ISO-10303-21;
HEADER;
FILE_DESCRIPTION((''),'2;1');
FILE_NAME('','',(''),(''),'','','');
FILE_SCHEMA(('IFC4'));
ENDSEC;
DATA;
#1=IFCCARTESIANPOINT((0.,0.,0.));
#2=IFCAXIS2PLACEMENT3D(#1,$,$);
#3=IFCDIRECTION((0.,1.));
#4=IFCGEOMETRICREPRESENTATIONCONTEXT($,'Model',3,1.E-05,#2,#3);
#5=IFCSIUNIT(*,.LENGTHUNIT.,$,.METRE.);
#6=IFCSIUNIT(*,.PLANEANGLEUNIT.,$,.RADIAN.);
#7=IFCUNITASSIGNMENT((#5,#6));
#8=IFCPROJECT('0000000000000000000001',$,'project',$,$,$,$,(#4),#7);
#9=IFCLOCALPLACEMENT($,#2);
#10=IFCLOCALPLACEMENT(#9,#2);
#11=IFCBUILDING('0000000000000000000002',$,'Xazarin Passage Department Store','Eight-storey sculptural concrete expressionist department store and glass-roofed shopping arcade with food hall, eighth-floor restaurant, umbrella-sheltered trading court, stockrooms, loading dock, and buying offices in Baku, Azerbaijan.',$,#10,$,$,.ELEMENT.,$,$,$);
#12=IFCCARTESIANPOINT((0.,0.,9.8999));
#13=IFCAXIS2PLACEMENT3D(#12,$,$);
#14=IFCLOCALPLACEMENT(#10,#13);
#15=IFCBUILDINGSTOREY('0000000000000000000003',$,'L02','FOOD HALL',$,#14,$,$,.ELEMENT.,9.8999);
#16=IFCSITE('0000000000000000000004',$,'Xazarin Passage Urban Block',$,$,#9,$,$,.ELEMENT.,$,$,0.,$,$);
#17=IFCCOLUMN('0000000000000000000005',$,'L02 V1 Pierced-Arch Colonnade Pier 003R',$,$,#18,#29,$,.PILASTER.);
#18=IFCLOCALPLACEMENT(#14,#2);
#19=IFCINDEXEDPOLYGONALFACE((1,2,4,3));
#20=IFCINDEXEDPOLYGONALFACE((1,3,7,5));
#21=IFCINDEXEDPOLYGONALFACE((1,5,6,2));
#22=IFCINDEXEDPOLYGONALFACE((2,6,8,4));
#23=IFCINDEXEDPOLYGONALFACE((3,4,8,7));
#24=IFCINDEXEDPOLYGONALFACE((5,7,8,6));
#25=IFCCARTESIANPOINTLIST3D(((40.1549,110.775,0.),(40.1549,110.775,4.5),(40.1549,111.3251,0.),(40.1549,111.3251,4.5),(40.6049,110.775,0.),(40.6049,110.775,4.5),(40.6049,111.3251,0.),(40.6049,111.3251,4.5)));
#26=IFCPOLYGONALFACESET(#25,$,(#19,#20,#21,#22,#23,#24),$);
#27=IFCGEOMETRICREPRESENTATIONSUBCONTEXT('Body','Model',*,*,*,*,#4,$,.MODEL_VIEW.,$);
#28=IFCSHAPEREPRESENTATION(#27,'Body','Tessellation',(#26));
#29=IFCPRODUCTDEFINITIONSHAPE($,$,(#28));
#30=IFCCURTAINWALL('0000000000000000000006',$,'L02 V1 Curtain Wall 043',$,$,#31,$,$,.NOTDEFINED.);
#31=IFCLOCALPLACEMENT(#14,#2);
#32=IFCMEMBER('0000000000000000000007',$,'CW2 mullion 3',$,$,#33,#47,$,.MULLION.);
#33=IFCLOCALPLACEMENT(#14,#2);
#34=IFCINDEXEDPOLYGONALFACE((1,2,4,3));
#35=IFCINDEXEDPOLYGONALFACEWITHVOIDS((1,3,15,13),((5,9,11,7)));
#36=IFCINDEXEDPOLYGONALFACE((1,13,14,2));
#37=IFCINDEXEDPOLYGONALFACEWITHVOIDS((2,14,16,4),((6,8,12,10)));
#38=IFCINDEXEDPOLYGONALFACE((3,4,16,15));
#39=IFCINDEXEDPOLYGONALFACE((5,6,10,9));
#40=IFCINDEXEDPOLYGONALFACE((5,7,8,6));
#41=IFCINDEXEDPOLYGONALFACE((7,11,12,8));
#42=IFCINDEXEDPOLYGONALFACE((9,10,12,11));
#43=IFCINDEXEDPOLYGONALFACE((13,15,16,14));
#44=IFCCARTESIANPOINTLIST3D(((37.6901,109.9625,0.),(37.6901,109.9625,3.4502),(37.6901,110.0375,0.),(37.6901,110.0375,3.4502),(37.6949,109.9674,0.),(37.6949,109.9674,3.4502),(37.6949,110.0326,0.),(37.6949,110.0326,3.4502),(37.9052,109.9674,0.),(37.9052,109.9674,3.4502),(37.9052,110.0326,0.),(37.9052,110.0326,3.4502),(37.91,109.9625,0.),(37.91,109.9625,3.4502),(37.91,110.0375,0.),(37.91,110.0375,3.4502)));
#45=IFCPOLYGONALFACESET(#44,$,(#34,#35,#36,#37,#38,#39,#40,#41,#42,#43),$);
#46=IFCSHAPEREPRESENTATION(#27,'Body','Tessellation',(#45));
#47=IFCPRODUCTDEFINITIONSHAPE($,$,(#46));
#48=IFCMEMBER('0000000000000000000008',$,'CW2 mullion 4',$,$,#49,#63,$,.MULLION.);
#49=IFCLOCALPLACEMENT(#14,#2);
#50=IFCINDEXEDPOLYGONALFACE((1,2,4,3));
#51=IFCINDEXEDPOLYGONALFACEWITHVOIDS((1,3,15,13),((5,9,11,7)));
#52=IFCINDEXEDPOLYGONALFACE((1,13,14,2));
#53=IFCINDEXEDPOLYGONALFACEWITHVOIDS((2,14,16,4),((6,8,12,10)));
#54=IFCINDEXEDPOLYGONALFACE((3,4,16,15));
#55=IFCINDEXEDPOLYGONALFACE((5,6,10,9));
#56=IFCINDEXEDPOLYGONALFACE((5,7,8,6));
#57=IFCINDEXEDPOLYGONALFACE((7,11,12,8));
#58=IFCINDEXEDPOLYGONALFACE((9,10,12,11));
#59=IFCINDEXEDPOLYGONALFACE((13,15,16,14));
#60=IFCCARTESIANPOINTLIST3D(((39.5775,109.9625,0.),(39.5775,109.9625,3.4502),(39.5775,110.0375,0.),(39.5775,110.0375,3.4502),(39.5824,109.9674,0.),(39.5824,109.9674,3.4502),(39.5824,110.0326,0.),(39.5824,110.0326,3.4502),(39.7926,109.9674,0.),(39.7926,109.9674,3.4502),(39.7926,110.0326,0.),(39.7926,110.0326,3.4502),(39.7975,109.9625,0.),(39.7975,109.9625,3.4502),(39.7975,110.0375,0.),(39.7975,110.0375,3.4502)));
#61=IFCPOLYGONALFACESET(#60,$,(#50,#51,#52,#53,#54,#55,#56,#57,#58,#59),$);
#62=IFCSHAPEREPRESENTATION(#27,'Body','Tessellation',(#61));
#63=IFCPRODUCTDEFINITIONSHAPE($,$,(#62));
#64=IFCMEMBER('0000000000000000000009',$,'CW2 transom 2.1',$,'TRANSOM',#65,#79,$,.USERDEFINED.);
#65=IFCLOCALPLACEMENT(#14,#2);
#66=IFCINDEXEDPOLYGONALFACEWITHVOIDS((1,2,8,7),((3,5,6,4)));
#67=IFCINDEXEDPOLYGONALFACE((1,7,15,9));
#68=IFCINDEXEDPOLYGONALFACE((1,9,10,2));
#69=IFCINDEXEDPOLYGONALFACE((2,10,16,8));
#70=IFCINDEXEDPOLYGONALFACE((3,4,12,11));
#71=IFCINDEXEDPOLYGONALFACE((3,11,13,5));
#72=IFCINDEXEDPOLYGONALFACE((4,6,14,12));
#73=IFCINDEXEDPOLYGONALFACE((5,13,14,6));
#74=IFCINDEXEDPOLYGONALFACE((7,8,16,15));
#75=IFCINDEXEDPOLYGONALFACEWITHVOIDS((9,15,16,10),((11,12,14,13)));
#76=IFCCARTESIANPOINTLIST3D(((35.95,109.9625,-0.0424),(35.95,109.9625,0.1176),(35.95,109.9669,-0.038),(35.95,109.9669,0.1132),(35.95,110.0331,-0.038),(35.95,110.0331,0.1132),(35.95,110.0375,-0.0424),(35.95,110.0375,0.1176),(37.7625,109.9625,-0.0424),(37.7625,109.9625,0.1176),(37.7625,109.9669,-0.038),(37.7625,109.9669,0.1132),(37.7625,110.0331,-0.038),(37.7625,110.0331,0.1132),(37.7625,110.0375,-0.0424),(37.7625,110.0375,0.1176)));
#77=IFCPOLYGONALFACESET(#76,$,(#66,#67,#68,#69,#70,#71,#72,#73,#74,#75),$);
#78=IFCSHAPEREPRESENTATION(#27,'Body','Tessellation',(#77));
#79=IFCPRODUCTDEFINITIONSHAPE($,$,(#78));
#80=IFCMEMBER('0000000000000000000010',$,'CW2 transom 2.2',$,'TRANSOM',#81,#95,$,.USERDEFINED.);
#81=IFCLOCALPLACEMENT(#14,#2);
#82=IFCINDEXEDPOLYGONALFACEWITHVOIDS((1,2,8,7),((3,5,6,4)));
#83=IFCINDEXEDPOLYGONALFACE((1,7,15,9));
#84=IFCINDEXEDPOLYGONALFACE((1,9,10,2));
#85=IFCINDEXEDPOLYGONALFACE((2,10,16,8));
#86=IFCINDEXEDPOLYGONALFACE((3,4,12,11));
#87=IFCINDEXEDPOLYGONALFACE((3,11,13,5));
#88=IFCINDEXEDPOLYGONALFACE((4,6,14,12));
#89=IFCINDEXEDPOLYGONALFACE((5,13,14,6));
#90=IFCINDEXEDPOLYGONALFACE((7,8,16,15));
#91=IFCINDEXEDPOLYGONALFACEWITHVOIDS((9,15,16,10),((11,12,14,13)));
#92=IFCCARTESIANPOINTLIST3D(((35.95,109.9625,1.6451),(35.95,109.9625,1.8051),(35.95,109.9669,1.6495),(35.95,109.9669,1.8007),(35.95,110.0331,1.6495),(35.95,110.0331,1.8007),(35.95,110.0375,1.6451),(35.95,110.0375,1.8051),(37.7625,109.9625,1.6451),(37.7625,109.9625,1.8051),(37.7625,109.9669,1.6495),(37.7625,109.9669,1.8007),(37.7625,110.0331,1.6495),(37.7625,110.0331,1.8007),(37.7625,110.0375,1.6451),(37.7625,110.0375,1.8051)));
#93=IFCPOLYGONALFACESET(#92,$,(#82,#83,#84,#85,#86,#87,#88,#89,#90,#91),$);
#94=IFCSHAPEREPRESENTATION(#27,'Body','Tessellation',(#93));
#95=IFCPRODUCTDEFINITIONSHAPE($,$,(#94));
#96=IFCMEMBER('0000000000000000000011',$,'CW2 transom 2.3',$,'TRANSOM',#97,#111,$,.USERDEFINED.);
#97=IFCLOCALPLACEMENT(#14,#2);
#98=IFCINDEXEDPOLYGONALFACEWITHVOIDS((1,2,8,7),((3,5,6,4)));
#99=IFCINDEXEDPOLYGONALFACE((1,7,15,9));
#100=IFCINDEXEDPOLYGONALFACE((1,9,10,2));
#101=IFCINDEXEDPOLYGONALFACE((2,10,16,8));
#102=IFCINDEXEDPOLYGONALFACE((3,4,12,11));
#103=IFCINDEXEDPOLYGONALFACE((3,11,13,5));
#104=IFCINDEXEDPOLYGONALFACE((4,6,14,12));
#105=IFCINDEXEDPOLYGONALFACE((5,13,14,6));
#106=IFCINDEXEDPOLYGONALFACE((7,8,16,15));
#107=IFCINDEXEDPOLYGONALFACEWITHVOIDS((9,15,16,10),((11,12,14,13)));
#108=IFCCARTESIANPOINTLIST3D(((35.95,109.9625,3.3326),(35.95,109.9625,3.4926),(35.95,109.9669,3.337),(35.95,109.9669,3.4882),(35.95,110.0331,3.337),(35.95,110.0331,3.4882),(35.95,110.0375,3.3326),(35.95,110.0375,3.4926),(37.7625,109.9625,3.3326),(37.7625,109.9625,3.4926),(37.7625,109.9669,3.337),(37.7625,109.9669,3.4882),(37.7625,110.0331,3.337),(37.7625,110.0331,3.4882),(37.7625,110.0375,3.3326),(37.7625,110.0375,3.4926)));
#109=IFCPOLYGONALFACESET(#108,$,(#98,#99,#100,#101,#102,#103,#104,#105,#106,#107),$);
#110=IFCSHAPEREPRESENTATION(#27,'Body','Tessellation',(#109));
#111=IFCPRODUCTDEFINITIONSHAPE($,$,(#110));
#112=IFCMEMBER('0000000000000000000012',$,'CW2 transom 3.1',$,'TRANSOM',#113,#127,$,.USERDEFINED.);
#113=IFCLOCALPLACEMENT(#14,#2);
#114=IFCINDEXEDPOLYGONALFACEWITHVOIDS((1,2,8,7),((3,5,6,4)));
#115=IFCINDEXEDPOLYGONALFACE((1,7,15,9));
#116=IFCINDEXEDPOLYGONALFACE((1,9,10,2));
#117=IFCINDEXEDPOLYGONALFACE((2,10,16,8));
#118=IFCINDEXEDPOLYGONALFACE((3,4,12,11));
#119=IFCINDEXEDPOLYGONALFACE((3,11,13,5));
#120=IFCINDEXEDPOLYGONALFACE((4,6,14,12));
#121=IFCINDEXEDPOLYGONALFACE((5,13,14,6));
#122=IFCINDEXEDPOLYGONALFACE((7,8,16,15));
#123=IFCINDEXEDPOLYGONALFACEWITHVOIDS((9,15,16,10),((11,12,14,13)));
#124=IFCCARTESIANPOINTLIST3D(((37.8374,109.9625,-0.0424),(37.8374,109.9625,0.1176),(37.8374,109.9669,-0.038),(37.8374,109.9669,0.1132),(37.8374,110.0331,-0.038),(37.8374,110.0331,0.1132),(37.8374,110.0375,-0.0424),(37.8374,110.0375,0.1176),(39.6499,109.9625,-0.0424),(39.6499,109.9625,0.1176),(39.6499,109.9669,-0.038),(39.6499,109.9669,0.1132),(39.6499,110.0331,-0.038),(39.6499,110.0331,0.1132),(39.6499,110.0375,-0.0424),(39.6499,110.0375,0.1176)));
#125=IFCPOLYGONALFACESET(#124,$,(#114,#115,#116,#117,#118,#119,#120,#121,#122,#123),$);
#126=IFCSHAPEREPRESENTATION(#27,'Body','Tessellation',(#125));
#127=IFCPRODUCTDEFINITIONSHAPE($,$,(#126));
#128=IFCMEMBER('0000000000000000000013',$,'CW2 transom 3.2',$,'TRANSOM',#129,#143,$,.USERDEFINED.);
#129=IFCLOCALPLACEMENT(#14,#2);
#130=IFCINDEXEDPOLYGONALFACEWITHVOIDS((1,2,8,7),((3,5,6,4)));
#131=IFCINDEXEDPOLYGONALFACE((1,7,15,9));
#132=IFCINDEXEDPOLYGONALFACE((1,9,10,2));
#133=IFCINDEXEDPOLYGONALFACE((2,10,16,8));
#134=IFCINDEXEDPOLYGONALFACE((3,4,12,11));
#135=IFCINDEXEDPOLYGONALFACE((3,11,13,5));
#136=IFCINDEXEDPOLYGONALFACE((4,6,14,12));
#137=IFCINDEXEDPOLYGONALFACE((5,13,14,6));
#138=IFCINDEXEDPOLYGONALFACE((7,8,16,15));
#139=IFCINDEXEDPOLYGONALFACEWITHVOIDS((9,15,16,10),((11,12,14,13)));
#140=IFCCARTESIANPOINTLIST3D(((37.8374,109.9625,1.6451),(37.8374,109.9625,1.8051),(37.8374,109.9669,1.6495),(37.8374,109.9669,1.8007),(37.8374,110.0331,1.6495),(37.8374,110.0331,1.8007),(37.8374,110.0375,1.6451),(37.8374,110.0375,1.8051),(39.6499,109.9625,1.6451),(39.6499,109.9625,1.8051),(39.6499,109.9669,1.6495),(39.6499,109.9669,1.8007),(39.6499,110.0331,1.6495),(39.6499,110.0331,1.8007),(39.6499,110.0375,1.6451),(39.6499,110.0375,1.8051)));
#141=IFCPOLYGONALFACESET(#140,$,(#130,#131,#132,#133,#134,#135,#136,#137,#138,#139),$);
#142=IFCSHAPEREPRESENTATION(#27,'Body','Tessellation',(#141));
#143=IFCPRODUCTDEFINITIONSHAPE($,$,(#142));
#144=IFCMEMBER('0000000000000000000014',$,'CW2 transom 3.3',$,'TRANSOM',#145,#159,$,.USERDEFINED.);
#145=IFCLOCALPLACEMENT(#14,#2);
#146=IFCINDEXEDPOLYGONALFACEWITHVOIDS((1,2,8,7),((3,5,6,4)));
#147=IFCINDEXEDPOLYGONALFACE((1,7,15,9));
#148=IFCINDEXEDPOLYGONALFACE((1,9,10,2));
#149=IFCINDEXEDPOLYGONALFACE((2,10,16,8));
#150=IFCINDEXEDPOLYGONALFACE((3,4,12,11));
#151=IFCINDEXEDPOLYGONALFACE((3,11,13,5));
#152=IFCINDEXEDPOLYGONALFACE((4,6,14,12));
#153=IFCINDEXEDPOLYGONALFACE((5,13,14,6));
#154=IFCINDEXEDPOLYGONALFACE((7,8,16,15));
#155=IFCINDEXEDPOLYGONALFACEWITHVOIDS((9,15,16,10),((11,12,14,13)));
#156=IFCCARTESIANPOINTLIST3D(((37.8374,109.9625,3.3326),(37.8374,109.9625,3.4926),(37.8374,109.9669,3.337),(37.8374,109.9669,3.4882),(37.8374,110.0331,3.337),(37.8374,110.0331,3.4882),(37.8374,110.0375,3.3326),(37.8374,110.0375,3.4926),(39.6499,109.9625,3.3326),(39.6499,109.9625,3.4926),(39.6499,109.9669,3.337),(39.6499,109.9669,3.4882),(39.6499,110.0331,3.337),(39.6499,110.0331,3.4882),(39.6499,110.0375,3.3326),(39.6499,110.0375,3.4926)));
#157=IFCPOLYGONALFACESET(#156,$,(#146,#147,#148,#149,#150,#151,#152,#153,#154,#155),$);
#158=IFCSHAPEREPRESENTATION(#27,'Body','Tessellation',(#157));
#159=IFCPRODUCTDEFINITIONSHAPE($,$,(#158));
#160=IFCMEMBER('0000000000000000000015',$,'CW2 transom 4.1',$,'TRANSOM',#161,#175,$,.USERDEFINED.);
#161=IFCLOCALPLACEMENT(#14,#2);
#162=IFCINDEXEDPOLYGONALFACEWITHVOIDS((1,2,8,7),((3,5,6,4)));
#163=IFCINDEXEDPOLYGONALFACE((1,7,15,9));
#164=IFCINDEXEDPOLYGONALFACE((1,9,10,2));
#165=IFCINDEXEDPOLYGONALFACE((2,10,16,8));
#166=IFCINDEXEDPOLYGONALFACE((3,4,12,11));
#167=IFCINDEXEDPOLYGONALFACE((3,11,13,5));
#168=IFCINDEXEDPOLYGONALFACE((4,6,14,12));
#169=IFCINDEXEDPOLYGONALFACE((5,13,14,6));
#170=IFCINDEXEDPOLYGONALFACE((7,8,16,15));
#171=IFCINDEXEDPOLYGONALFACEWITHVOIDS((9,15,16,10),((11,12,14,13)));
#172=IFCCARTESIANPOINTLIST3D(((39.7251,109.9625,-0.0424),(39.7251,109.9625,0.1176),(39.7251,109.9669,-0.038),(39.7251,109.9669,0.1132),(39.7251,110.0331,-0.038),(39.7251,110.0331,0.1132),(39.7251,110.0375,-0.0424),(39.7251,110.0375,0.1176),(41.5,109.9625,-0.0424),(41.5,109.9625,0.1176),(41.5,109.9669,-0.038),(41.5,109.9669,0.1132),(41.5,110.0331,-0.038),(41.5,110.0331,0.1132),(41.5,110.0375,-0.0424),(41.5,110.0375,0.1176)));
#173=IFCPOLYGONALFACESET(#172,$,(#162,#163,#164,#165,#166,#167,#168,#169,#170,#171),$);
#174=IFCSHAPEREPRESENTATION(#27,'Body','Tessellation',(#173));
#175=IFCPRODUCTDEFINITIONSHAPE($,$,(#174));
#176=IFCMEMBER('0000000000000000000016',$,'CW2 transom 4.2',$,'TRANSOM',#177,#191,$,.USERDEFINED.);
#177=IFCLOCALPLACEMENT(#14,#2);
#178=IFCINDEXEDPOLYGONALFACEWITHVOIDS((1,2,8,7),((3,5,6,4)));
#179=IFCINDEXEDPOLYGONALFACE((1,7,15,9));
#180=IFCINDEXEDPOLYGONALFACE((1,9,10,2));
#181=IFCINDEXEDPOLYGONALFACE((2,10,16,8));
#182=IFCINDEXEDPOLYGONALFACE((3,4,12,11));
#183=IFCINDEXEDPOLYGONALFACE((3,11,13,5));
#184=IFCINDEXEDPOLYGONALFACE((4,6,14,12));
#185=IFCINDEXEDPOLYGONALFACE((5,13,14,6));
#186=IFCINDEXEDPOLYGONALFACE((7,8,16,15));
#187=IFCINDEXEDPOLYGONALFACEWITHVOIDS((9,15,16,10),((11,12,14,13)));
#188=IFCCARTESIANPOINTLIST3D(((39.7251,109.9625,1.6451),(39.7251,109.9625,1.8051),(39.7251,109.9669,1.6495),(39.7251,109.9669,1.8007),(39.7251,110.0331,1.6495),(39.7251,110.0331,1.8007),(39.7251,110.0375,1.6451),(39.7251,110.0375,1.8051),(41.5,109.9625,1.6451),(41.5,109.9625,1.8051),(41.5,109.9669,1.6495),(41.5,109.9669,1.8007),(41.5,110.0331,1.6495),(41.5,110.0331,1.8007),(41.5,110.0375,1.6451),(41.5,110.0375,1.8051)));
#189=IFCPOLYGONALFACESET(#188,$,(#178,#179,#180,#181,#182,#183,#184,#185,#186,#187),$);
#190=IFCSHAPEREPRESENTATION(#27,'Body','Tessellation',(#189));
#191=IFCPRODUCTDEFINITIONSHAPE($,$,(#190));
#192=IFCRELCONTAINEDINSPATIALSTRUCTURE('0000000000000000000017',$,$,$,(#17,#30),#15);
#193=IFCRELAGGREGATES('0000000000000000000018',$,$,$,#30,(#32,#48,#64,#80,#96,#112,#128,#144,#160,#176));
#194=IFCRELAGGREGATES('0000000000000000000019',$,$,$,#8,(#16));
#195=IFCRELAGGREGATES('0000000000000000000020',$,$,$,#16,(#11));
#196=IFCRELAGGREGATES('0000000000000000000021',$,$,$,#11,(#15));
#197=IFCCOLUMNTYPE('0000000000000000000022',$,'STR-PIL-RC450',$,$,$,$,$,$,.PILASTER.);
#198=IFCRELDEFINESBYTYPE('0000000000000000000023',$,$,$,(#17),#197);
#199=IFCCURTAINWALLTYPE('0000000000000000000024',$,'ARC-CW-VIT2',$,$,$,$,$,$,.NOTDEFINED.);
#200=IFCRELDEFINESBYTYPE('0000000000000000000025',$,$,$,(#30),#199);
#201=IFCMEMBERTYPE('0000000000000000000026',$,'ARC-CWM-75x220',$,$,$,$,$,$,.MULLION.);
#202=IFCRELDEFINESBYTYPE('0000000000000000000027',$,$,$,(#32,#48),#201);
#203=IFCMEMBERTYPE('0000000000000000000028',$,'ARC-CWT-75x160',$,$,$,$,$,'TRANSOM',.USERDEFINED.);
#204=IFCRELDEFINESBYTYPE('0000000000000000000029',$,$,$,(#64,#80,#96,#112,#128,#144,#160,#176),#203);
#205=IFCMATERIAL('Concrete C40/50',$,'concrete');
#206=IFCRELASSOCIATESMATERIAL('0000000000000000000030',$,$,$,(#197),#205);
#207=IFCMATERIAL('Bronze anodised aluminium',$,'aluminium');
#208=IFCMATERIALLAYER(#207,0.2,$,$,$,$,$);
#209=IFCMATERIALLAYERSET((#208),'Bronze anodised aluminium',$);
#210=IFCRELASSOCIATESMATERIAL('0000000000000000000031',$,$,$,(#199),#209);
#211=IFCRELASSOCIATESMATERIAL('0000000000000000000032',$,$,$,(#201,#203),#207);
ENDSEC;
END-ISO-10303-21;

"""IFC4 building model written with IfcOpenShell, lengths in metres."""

from ifc_helpers import new_model, si_unit, direction, frame, origin, origin_2d, place, context, subcontext, project, spatial, rectangle, hollow_rectangle, extrude, material, layer, layer_set, material_profile, profile_set, type_object, element, aggregate, save


model = new_model("IFC4")

# Units and contexts
model_context = context("Model", 3, precision=1e-05, world=origin(), true_north=direction((0.0, 1.0)))
body_context = subcontext(model_context, "Body", "Model", "MODEL_VIEW")
ifc_project = project(units=[si_unit("LENGTHUNIT", "METRE"), si_unit("PLANEANGLEUNIT", "RADIAN")], contexts=[model_context])

# Site, building, storey
site_placement = place(None, origin())
site = spatial("IfcSite", under=ifc_project, at=site_placement, Name="Xazarin Passage Urban Block", CompositionType="ELEMENT", RefElevation=0.0)
building_placement = place(site_placement, origin())
building = spatial("IfcBuilding", under=site, at=building_placement, Name="Xazarin Passage Department Store", Description="Eight-storey sculptural concrete expressionist department store and glass-roofed shopping arcade with food hall, eighth-floor restaurant, umbrella-sheltered trading court, stockrooms, loading dock, and buying offices in Baku, Azerbaijan.", CompositionType="ELEMENT")
storey_placement = place(building_placement, frame((0.0, 0.0, 9.8999)))
storey = spatial("IfcBuildingStorey", under=building, at=storey_placement, Name="L02", Description="FOOD HALL", CompositionType="ELEMENT", Elevation=9.8999)

# Column
ifc_material_1 = material(Name="Concrete C40/50", Category="concrete")
ifc_material_profile_1 = material_profile(ifc_material_1, rectangle(XDim=0.45, YDim=0.55, at=origin_2d()), Name="RC 450x550")
ifc_profile_set_1 = profile_set([ifc_material_profile_1], Name="Concrete C40/50")
column_type = type_object("IfcColumnType", Name="STR-PIL-RC450", PredefinedType="PILASTER", material=ifc_profile_set_1)
column_placement = place(storey_placement, frame((40.3799, 111.05, 0.0), z_axis=(0.0, 0.0, 1.0), x_axis=(1.0, 0.0, 0.0)))
element("IfcColumn", 1, at=column_placement, inside=storey, type_object=column_type, Name="L02 V1 Pierced-Arch Colonnade Pier 003R", PredefinedType="PILASTER", context=body_context, shape_type="SweptSolid", body=[
    extrude(rectangle(XDim=0.45, YDim=0.55, at=origin_2d()), origin(), (0.0, 0.0, 1.0), 4.5),
])

# Curtain wall, members
ifc_material_2 = material(Name="Bronze anodised aluminium", Category="aluminium")
ifc_layer_1 = layer(ifc_material_2, 0.2)
ifc_layer_set_1 = layer_set([ifc_layer_1], Name="Bronze anodised aluminium")
curtain_wall_type = type_object("IfcCurtainWallType", Name="ARC-CW-VIT2", PredefinedType="NOTDEFINED", material=ifc_layer_set_1)
curtain_wall_placement = place(storey_placement, origin())
curtain_wall = element("IfcCurtainWall", 2, at=curtain_wall_placement, inside=storey, type_object=curtain_wall_type, Name="L02 V1 Curtain Wall 043", PredefinedType="NOTDEFINED")
ifc_material_profile_2 = material_profile(ifc_material_2, hollow_rectangle(XDim=0.075, YDim=0.22, WallThickness=0.0049, at=origin_2d()), Name="ALU 75x220")
ifc_profile_set_2 = profile_set([ifc_material_profile_2], Name="Bronze anodised aluminium")
member_type_1 = type_object("IfcMemberType", Name="ARC-CWM-75x220", PredefinedType="MULLION", material=ifc_profile_set_2)
member_1_placement = place(storey_placement, frame((37.8, 110.0, 0.0), z_axis=(0.0, 0.0, 1.0), x_axis=(0.0, 1.0, 0.0)))
member_1 = element("IfcMember", 3, at=member_1_placement, type_object=member_type_1, Name="CW2 mullion 3", PredefinedType="MULLION", context=body_context, shape_type="SweptSolid", body=[
    extrude(hollow_rectangle(XDim=0.075, YDim=0.22, WallThickness=0.0049, at=origin_2d()), origin(), (0.0, 0.0, 1.0), 3.4502),
])
member_2_placement = place(storey_placement, frame((39.6875, 110.0, 0.0), z_axis=(0.0, 0.0, 1.0), x_axis=(0.0, 1.0, 0.0)))
member_2 = element("IfcMember", 4, at=member_2_placement, type_object=member_type_1, Name="CW2 mullion 4", PredefinedType="MULLION", context=body_context, shape_type="SweptSolid", body=[
    extrude(hollow_rectangle(XDim=0.075, YDim=0.22, WallThickness=0.0049, at=origin_2d()), origin(), (0.0, 0.0, 1.0), 3.4502),
])
ifc_material_profile_3 = material_profile(ifc_material_2, hollow_rectangle(XDim=0.075, YDim=0.1599, WallThickness=0.0044, at=origin_2d()), Name="ALU 75x160")
ifc_profile_set_3 = profile_set([ifc_material_profile_3], Name="Bronze anodised aluminium")
member_type_2 = type_object("IfcMemberType", Name="ARC-CWT-75x160", ElementType="TRANSOM", PredefinedType="USERDEFINED", material=ifc_profile_set_3)
member_3_placement = place(storey_placement, frame((35.95, 110.0, 0.0376), z_axis=(1.0, 0.0, 0.0), x_axis=(0.0, 1.0, 0.0)))
member_3 = element("IfcMember", 5, at=member_3_placement, type_object=member_type_2, Name="CW2 transom 2.1", ObjectType="TRANSOM", PredefinedType="USERDEFINED", context=body_context, shape_type="SweptSolid", body=[
    extrude(hollow_rectangle(XDim=0.075, YDim=0.1599, WallThickness=0.0044, at=origin_2d()), origin(), (0.0, 0.0, 1.0), 1.8125),
])
member_4_placement = place(storey_placement, frame((35.95, 110.0, 1.7251), z_axis=(1.0, 0.0, 0.0), x_axis=(0.0, 1.0, 0.0)))
member_4 = element("IfcMember", 6, at=member_4_placement, type_object=member_type_2, Name="CW2 transom 2.2", ObjectType="TRANSOM", PredefinedType="USERDEFINED", context=body_context, shape_type="SweptSolid", body=[
    extrude(hollow_rectangle(XDim=0.075, YDim=0.1599, WallThickness=0.0044, at=origin_2d()), origin(), (0.0, 0.0, 1.0), 1.8125),
])
member_5_placement = place(storey_placement, frame((35.95, 110.0, 3.4126), z_axis=(1.0, 0.0, 0.0), x_axis=(0.0, 1.0, 0.0)))
member_5 = element("IfcMember", 7, at=member_5_placement, type_object=member_type_2, Name="CW2 transom 2.3", ObjectType="TRANSOM", PredefinedType="USERDEFINED", context=body_context, shape_type="SweptSolid", body=[
    extrude(hollow_rectangle(XDim=0.075, YDim=0.1599, WallThickness=0.0044, at=origin_2d()), origin(), (0.0, 0.0, 1.0), 1.8125),
])
member_6_placement = place(storey_placement, frame((37.8374, 110.0, 0.0376), z_axis=(1.0, 0.0, 0.0), x_axis=(0.0, 1.0, 0.0)))
member_6 = element("IfcMember", 8, at=member_6_placement, type_object=member_type_2, Name="CW2 transom 3.1", ObjectType="TRANSOM", PredefinedType="USERDEFINED", context=body_context, shape_type="SweptSolid", body=[
    extrude(hollow_rectangle(XDim=0.075, YDim=0.1599, WallThickness=0.0044, at=origin_2d()), origin(), (0.0, 0.0, 1.0), 1.8125),
])
member_7_placement = place(storey_placement, frame((37.8374, 110.0, 1.7251), z_axis=(1.0, 0.0, 0.0), x_axis=(0.0, 1.0, 0.0)))
member_7 = element("IfcMember", 9, at=member_7_placement, type_object=member_type_2, Name="CW2 transom 3.2", ObjectType="TRANSOM", PredefinedType="USERDEFINED", context=body_context, shape_type="SweptSolid", body=[
    extrude(hollow_rectangle(XDim=0.075, YDim=0.1599, WallThickness=0.0044, at=origin_2d()), origin(), (0.0, 0.0, 1.0), 1.8125),
])
member_8_placement = place(storey_placement, frame((37.8374, 110.0, 3.4126), z_axis=(1.0, 0.0, 0.0), x_axis=(0.0, 1.0, 0.0)))
member_8 = element("IfcMember", 10, at=member_8_placement, type_object=member_type_2, Name="CW2 transom 3.3", ObjectType="TRANSOM", PredefinedType="USERDEFINED", context=body_context, shape_type="SweptSolid", body=[
    extrude(hollow_rectangle(XDim=0.075, YDim=0.1599, WallThickness=0.0044, at=origin_2d()), origin(), (0.0, 0.0, 1.0), 1.8125),
])
member_9_placement = place(storey_placement, frame((39.7251, 110.0, 0.0376), z_axis=(1.0, 0.0, 0.0), x_axis=(0.0, 1.0, 0.0)))
member_9 = element("IfcMember", 11, at=member_9_placement, type_object=member_type_2, Name="CW2 transom 4.1", ObjectType="TRANSOM", PredefinedType="USERDEFINED", context=body_context, shape_type="SweptSolid", body=[
    extrude(hollow_rectangle(XDim=0.075, YDim=0.1599, WallThickness=0.0044, at=origin_2d()), origin(), (0.0, 0.0, 1.0), 1.7749),
])
member_10_placement = place(storey_placement, frame((39.7251, 110.0, 1.7251), z_axis=(1.0, 0.0, 0.0), x_axis=(0.0, 1.0, 0.0)))
member_10 = element("IfcMember", 12, at=member_10_placement, type_object=member_type_2, Name="CW2 transom 4.2", ObjectType="TRANSOM", PredefinedType="USERDEFINED", context=body_context, shape_type="SweptSolid", body=[
    extrude(hollow_rectangle(XDim=0.075, YDim=0.1599, WallThickness=0.0044, at=origin_2d()), origin(), (0.0, 0.0, 1.0), 1.7749),
])

aggregate(curtain_wall, [member_1, member_2, member_3, member_4, member_5, member_6, member_7, member_8, member_9, member_10])

save(model, "model.ifc")
